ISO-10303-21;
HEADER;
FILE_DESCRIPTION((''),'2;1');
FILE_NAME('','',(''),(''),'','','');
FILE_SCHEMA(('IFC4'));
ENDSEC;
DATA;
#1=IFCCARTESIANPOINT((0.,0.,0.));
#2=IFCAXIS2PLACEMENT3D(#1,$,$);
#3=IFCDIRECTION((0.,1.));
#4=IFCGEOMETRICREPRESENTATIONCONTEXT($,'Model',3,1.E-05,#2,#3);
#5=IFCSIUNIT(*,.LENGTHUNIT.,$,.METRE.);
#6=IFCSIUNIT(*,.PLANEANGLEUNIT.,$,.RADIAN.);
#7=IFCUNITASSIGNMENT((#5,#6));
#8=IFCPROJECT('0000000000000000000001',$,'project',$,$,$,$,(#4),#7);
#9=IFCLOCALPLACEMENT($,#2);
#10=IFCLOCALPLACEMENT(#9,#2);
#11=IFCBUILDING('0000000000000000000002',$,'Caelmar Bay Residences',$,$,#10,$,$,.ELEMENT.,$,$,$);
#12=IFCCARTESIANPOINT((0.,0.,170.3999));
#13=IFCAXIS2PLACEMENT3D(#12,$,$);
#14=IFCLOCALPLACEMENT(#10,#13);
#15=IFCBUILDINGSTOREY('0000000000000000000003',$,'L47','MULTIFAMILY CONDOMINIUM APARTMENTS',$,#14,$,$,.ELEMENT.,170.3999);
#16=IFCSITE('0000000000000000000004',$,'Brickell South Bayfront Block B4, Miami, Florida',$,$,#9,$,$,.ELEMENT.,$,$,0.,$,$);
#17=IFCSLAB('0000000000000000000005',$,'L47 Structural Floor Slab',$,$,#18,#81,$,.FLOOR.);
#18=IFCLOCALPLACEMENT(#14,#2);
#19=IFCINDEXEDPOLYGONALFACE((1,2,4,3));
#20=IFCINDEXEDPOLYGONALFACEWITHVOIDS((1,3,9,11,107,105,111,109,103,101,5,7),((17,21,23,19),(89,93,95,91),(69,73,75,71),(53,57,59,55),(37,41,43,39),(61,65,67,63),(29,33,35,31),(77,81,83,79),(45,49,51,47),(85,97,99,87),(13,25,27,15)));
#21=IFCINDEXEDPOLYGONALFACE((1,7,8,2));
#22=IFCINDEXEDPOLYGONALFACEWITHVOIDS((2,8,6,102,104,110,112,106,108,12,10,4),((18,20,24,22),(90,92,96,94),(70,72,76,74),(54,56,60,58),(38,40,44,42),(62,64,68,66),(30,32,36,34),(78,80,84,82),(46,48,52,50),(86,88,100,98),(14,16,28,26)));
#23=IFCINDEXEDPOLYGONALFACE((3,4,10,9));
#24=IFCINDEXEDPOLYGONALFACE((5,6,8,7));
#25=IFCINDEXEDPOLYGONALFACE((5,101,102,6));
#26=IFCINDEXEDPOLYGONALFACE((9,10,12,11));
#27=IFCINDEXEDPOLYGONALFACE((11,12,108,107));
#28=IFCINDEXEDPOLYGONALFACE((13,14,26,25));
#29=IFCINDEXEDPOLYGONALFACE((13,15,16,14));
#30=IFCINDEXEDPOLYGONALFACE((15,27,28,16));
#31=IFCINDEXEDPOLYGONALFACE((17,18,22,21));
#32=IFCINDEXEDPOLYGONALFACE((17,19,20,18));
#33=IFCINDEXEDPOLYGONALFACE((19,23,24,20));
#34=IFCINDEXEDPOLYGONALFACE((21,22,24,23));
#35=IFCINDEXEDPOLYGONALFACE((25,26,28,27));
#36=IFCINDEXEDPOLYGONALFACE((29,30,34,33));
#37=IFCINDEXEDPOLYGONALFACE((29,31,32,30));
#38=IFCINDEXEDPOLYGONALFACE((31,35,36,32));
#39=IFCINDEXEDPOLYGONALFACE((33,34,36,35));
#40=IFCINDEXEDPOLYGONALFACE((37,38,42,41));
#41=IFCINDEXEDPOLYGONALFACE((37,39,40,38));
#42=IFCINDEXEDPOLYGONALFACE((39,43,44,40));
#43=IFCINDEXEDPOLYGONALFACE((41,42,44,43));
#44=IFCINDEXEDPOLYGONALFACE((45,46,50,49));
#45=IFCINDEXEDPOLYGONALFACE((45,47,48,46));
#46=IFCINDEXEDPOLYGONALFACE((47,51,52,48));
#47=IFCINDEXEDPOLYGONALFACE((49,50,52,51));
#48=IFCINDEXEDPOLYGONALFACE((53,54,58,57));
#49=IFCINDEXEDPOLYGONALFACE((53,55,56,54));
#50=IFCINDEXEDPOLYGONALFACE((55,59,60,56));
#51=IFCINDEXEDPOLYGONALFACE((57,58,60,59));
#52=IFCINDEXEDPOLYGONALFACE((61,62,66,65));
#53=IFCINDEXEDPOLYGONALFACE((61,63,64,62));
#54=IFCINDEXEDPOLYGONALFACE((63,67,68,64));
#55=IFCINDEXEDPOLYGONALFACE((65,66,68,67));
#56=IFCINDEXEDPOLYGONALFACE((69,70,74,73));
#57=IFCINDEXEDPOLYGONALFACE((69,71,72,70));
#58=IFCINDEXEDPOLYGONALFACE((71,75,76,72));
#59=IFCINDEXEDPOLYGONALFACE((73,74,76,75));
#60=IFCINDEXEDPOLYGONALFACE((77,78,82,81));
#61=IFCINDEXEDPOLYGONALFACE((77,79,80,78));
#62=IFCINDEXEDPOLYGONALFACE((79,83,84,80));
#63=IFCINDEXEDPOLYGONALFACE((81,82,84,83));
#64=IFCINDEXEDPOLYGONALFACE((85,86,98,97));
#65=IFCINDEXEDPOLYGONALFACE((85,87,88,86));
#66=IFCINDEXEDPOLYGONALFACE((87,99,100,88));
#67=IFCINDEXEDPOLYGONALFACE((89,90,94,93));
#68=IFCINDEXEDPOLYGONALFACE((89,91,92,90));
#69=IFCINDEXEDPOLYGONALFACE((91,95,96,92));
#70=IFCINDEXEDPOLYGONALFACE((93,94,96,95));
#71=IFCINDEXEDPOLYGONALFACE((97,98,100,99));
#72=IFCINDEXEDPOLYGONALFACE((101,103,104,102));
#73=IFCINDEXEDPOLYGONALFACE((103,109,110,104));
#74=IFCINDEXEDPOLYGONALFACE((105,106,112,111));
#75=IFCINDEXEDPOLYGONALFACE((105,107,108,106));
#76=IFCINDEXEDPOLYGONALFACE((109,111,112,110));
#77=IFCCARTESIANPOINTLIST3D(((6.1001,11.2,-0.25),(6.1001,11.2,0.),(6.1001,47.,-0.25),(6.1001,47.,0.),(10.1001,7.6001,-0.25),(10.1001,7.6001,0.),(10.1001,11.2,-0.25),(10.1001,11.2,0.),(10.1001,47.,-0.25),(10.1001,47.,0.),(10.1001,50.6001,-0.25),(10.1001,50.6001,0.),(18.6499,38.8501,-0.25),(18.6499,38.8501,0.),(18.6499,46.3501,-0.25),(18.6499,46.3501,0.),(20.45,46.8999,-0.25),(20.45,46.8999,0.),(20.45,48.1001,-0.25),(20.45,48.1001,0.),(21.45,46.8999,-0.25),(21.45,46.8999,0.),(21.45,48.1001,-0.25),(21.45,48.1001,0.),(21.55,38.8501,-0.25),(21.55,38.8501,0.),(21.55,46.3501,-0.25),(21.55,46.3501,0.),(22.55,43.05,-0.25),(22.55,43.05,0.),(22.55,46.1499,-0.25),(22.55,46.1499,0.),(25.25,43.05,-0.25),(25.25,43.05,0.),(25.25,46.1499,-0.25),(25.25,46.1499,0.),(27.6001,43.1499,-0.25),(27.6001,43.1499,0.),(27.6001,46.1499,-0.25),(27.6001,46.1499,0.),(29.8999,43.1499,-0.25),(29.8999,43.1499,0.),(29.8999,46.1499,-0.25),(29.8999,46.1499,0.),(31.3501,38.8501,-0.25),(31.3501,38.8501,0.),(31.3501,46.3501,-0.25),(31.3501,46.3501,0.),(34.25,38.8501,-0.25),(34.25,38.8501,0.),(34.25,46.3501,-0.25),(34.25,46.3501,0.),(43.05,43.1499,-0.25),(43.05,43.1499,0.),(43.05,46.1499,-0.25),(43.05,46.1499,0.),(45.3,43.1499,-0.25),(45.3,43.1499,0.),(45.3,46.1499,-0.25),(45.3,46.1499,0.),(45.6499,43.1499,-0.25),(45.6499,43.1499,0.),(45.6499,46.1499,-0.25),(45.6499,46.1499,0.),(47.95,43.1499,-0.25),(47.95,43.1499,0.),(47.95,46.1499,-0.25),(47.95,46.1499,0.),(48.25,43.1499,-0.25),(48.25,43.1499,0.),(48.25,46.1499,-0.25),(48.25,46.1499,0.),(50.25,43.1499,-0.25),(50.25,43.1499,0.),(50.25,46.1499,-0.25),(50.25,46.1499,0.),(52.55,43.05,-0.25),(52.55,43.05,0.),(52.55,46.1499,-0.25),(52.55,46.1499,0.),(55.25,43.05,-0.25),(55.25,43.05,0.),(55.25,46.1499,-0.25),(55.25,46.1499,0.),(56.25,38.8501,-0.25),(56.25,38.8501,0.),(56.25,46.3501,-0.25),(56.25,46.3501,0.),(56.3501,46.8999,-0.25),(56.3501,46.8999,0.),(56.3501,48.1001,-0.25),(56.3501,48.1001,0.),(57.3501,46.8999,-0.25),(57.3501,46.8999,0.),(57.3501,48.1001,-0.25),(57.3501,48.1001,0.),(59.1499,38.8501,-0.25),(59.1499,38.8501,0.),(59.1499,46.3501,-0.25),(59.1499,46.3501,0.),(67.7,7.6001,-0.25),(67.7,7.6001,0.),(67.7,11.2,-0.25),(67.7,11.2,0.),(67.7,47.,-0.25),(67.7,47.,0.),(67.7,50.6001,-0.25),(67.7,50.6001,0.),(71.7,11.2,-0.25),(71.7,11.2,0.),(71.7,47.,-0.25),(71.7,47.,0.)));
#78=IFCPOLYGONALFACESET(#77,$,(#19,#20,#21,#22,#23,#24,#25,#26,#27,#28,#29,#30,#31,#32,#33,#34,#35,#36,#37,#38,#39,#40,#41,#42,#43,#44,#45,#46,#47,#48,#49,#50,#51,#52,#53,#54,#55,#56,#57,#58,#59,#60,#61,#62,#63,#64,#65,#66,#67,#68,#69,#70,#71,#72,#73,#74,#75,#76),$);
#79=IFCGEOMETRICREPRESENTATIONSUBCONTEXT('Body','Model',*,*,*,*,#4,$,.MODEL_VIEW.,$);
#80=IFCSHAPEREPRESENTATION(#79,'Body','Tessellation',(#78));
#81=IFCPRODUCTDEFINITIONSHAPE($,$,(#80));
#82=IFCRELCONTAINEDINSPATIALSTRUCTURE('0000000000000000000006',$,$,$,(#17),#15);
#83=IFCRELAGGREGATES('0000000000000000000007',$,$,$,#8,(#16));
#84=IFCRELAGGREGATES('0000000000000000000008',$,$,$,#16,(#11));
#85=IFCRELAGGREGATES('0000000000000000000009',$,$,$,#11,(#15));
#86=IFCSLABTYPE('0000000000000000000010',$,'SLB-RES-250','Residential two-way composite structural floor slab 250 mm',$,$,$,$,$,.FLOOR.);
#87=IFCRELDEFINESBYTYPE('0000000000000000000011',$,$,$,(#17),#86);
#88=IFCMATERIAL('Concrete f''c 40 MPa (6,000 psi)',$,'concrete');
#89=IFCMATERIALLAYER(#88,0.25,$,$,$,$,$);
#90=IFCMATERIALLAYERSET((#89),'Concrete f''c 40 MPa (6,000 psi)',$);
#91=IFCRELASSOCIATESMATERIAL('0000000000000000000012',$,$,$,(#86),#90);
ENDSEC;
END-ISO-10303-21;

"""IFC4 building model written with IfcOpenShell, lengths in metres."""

from ifc_helpers import new_model, si_unit, direction, frame, origin, place, context, subcontext, project, spatial, polyline, outline, extrude, material, layer, layer_set, type_object, element, save


model = new_model("IFC4")

# Units and contexts
model_context = context("Model", 3, precision=1e-05, world=origin(), true_north=direction((0.0, 1.0)))
body_context = subcontext(model_context, "Body", "Model", "MODEL_VIEW")
ifc_project = project(units=[si_unit("LENGTHUNIT", "METRE"), si_unit("PLANEANGLEUNIT", "RADIAN")], contexts=[model_context])

# Site, building, storey
site_placement = place(None, origin())
site = spatial("IfcSite", under=ifc_project, at=site_placement, Name="Brickell South Bayfront Block B4, Miami, Florida", CompositionType="ELEMENT", RefElevation=0.0)
building_placement = place(site_placement, origin())
building = spatial("IfcBuilding", under=site, at=building_placement, Name="Caelmar Bay Residences", CompositionType="ELEMENT")
storey_placement = place(building_placement, frame((0.0, 0.0, 170.3999)))
storey = spatial("IfcBuildingStorey", under=building, at=storey_placement, Name="L47", Description="MULTIFAMILY CONDOMINIUM APARTMENTS", CompositionType="ELEMENT", Elevation=170.3999)

# Shared definitions
ifc_material_1 = material(Name="Concrete f'c 40 MPa (6,000 psi)", Category="concrete")

# Slab
ifc_layer_1 = layer(ifc_material_1, 0.25)
ifc_layer_set_1 = layer_set([ifc_layer_1], Name="Concrete f'c 40 MPa (6,000 psi)")
slab_type_1 = type_object("IfcSlabType", Name="SLB-RES-250", Description="Residential two-way composite structural floor slab 250 mm", PredefinedType="FLOOR", material=ifc_layer_set_1)
slab_1_placement = place(storey_placement, frame((0.0, 0.0, -0.25)))
element("IfcSlab", 1, at=slab_1_placement, inside=storey, type_object=slab_type_1, Name="L47 Structural Floor Slab", PredefinedType="FLOOR", context=body_context, shape_type="SweptSolid", body=[
    extrude(outline(polyline([(10.1001, 7.6001), (67.7, 7.6001), (67.7, 11.2), (71.7, 11.2), (71.7, 47.0), (67.7, 47.0), (67.7, 50.6001), (10.1001, 50.6001), (10.1001, 47.0), (6.1001, 47.0), (6.1001, 11.2), (10.1001, 11.2), (10.1001, 7.6001)]), holes=[polyline([(18.6499, 38.8501), (21.55, 38.8501), (21.55, 46.3501), (18.6499, 46.3501), (18.6499, 38.8501)]), polyline([(56.25, 38.8501), (59.1499, 38.8501), (59.1499, 46.3501), (56.25, 46.3501), (56.25, 38.8501)]), polyline([(31.3501, 38.8501), (34.25, 38.8501), (34.25, 46.3501), (31.3501, 46.3501), (31.3501, 38.8501)]), polyline([(22.55, 43.05), (25.25, 43.05), (25.25, 46.1499), (22.55, 46.1499), (22.55, 43.05)]), polyline([(52.55, 43.05), (55.25, 43.05), (55.25, 46.1499), (52.55, 46.1499), (52.55, 43.05)]), polyline([(43.05, 43.1499), (45.3, 43.1499), (45.3, 46.1499), (43.05, 46.1499), (43.05, 43.1499)]), polyline([(45.6499, 43.1499), (47.95, 43.1499), (47.95, 46.1499), (45.6499, 46.1499), (45.6499, 43.1499)]), polyline([(48.25, 43.1499), (50.25, 43.1499), (50.25, 46.1499), (48.25, 46.1499), (48.25, 43.1499)]), polyline([(27.6001, 43.1499), (29.8999, 43.1499), (29.8999, 46.1499), (27.6001, 46.1499), (27.6001, 43.1499)]), polyline([(20.45, 46.8999), (21.45, 46.8999), (21.45, 48.1001), (20.45, 48.1001), (20.45, 46.8999)]), polyline([(56.3501, 46.8999), (57.3501, 46.8999), (57.3501, 48.1001), (56.3501, 48.1001), (56.3501, 46.8999)])]), origin(), (0.0, 0.0, 1.0), 0.25),
])

save(model, "model.ifc")
